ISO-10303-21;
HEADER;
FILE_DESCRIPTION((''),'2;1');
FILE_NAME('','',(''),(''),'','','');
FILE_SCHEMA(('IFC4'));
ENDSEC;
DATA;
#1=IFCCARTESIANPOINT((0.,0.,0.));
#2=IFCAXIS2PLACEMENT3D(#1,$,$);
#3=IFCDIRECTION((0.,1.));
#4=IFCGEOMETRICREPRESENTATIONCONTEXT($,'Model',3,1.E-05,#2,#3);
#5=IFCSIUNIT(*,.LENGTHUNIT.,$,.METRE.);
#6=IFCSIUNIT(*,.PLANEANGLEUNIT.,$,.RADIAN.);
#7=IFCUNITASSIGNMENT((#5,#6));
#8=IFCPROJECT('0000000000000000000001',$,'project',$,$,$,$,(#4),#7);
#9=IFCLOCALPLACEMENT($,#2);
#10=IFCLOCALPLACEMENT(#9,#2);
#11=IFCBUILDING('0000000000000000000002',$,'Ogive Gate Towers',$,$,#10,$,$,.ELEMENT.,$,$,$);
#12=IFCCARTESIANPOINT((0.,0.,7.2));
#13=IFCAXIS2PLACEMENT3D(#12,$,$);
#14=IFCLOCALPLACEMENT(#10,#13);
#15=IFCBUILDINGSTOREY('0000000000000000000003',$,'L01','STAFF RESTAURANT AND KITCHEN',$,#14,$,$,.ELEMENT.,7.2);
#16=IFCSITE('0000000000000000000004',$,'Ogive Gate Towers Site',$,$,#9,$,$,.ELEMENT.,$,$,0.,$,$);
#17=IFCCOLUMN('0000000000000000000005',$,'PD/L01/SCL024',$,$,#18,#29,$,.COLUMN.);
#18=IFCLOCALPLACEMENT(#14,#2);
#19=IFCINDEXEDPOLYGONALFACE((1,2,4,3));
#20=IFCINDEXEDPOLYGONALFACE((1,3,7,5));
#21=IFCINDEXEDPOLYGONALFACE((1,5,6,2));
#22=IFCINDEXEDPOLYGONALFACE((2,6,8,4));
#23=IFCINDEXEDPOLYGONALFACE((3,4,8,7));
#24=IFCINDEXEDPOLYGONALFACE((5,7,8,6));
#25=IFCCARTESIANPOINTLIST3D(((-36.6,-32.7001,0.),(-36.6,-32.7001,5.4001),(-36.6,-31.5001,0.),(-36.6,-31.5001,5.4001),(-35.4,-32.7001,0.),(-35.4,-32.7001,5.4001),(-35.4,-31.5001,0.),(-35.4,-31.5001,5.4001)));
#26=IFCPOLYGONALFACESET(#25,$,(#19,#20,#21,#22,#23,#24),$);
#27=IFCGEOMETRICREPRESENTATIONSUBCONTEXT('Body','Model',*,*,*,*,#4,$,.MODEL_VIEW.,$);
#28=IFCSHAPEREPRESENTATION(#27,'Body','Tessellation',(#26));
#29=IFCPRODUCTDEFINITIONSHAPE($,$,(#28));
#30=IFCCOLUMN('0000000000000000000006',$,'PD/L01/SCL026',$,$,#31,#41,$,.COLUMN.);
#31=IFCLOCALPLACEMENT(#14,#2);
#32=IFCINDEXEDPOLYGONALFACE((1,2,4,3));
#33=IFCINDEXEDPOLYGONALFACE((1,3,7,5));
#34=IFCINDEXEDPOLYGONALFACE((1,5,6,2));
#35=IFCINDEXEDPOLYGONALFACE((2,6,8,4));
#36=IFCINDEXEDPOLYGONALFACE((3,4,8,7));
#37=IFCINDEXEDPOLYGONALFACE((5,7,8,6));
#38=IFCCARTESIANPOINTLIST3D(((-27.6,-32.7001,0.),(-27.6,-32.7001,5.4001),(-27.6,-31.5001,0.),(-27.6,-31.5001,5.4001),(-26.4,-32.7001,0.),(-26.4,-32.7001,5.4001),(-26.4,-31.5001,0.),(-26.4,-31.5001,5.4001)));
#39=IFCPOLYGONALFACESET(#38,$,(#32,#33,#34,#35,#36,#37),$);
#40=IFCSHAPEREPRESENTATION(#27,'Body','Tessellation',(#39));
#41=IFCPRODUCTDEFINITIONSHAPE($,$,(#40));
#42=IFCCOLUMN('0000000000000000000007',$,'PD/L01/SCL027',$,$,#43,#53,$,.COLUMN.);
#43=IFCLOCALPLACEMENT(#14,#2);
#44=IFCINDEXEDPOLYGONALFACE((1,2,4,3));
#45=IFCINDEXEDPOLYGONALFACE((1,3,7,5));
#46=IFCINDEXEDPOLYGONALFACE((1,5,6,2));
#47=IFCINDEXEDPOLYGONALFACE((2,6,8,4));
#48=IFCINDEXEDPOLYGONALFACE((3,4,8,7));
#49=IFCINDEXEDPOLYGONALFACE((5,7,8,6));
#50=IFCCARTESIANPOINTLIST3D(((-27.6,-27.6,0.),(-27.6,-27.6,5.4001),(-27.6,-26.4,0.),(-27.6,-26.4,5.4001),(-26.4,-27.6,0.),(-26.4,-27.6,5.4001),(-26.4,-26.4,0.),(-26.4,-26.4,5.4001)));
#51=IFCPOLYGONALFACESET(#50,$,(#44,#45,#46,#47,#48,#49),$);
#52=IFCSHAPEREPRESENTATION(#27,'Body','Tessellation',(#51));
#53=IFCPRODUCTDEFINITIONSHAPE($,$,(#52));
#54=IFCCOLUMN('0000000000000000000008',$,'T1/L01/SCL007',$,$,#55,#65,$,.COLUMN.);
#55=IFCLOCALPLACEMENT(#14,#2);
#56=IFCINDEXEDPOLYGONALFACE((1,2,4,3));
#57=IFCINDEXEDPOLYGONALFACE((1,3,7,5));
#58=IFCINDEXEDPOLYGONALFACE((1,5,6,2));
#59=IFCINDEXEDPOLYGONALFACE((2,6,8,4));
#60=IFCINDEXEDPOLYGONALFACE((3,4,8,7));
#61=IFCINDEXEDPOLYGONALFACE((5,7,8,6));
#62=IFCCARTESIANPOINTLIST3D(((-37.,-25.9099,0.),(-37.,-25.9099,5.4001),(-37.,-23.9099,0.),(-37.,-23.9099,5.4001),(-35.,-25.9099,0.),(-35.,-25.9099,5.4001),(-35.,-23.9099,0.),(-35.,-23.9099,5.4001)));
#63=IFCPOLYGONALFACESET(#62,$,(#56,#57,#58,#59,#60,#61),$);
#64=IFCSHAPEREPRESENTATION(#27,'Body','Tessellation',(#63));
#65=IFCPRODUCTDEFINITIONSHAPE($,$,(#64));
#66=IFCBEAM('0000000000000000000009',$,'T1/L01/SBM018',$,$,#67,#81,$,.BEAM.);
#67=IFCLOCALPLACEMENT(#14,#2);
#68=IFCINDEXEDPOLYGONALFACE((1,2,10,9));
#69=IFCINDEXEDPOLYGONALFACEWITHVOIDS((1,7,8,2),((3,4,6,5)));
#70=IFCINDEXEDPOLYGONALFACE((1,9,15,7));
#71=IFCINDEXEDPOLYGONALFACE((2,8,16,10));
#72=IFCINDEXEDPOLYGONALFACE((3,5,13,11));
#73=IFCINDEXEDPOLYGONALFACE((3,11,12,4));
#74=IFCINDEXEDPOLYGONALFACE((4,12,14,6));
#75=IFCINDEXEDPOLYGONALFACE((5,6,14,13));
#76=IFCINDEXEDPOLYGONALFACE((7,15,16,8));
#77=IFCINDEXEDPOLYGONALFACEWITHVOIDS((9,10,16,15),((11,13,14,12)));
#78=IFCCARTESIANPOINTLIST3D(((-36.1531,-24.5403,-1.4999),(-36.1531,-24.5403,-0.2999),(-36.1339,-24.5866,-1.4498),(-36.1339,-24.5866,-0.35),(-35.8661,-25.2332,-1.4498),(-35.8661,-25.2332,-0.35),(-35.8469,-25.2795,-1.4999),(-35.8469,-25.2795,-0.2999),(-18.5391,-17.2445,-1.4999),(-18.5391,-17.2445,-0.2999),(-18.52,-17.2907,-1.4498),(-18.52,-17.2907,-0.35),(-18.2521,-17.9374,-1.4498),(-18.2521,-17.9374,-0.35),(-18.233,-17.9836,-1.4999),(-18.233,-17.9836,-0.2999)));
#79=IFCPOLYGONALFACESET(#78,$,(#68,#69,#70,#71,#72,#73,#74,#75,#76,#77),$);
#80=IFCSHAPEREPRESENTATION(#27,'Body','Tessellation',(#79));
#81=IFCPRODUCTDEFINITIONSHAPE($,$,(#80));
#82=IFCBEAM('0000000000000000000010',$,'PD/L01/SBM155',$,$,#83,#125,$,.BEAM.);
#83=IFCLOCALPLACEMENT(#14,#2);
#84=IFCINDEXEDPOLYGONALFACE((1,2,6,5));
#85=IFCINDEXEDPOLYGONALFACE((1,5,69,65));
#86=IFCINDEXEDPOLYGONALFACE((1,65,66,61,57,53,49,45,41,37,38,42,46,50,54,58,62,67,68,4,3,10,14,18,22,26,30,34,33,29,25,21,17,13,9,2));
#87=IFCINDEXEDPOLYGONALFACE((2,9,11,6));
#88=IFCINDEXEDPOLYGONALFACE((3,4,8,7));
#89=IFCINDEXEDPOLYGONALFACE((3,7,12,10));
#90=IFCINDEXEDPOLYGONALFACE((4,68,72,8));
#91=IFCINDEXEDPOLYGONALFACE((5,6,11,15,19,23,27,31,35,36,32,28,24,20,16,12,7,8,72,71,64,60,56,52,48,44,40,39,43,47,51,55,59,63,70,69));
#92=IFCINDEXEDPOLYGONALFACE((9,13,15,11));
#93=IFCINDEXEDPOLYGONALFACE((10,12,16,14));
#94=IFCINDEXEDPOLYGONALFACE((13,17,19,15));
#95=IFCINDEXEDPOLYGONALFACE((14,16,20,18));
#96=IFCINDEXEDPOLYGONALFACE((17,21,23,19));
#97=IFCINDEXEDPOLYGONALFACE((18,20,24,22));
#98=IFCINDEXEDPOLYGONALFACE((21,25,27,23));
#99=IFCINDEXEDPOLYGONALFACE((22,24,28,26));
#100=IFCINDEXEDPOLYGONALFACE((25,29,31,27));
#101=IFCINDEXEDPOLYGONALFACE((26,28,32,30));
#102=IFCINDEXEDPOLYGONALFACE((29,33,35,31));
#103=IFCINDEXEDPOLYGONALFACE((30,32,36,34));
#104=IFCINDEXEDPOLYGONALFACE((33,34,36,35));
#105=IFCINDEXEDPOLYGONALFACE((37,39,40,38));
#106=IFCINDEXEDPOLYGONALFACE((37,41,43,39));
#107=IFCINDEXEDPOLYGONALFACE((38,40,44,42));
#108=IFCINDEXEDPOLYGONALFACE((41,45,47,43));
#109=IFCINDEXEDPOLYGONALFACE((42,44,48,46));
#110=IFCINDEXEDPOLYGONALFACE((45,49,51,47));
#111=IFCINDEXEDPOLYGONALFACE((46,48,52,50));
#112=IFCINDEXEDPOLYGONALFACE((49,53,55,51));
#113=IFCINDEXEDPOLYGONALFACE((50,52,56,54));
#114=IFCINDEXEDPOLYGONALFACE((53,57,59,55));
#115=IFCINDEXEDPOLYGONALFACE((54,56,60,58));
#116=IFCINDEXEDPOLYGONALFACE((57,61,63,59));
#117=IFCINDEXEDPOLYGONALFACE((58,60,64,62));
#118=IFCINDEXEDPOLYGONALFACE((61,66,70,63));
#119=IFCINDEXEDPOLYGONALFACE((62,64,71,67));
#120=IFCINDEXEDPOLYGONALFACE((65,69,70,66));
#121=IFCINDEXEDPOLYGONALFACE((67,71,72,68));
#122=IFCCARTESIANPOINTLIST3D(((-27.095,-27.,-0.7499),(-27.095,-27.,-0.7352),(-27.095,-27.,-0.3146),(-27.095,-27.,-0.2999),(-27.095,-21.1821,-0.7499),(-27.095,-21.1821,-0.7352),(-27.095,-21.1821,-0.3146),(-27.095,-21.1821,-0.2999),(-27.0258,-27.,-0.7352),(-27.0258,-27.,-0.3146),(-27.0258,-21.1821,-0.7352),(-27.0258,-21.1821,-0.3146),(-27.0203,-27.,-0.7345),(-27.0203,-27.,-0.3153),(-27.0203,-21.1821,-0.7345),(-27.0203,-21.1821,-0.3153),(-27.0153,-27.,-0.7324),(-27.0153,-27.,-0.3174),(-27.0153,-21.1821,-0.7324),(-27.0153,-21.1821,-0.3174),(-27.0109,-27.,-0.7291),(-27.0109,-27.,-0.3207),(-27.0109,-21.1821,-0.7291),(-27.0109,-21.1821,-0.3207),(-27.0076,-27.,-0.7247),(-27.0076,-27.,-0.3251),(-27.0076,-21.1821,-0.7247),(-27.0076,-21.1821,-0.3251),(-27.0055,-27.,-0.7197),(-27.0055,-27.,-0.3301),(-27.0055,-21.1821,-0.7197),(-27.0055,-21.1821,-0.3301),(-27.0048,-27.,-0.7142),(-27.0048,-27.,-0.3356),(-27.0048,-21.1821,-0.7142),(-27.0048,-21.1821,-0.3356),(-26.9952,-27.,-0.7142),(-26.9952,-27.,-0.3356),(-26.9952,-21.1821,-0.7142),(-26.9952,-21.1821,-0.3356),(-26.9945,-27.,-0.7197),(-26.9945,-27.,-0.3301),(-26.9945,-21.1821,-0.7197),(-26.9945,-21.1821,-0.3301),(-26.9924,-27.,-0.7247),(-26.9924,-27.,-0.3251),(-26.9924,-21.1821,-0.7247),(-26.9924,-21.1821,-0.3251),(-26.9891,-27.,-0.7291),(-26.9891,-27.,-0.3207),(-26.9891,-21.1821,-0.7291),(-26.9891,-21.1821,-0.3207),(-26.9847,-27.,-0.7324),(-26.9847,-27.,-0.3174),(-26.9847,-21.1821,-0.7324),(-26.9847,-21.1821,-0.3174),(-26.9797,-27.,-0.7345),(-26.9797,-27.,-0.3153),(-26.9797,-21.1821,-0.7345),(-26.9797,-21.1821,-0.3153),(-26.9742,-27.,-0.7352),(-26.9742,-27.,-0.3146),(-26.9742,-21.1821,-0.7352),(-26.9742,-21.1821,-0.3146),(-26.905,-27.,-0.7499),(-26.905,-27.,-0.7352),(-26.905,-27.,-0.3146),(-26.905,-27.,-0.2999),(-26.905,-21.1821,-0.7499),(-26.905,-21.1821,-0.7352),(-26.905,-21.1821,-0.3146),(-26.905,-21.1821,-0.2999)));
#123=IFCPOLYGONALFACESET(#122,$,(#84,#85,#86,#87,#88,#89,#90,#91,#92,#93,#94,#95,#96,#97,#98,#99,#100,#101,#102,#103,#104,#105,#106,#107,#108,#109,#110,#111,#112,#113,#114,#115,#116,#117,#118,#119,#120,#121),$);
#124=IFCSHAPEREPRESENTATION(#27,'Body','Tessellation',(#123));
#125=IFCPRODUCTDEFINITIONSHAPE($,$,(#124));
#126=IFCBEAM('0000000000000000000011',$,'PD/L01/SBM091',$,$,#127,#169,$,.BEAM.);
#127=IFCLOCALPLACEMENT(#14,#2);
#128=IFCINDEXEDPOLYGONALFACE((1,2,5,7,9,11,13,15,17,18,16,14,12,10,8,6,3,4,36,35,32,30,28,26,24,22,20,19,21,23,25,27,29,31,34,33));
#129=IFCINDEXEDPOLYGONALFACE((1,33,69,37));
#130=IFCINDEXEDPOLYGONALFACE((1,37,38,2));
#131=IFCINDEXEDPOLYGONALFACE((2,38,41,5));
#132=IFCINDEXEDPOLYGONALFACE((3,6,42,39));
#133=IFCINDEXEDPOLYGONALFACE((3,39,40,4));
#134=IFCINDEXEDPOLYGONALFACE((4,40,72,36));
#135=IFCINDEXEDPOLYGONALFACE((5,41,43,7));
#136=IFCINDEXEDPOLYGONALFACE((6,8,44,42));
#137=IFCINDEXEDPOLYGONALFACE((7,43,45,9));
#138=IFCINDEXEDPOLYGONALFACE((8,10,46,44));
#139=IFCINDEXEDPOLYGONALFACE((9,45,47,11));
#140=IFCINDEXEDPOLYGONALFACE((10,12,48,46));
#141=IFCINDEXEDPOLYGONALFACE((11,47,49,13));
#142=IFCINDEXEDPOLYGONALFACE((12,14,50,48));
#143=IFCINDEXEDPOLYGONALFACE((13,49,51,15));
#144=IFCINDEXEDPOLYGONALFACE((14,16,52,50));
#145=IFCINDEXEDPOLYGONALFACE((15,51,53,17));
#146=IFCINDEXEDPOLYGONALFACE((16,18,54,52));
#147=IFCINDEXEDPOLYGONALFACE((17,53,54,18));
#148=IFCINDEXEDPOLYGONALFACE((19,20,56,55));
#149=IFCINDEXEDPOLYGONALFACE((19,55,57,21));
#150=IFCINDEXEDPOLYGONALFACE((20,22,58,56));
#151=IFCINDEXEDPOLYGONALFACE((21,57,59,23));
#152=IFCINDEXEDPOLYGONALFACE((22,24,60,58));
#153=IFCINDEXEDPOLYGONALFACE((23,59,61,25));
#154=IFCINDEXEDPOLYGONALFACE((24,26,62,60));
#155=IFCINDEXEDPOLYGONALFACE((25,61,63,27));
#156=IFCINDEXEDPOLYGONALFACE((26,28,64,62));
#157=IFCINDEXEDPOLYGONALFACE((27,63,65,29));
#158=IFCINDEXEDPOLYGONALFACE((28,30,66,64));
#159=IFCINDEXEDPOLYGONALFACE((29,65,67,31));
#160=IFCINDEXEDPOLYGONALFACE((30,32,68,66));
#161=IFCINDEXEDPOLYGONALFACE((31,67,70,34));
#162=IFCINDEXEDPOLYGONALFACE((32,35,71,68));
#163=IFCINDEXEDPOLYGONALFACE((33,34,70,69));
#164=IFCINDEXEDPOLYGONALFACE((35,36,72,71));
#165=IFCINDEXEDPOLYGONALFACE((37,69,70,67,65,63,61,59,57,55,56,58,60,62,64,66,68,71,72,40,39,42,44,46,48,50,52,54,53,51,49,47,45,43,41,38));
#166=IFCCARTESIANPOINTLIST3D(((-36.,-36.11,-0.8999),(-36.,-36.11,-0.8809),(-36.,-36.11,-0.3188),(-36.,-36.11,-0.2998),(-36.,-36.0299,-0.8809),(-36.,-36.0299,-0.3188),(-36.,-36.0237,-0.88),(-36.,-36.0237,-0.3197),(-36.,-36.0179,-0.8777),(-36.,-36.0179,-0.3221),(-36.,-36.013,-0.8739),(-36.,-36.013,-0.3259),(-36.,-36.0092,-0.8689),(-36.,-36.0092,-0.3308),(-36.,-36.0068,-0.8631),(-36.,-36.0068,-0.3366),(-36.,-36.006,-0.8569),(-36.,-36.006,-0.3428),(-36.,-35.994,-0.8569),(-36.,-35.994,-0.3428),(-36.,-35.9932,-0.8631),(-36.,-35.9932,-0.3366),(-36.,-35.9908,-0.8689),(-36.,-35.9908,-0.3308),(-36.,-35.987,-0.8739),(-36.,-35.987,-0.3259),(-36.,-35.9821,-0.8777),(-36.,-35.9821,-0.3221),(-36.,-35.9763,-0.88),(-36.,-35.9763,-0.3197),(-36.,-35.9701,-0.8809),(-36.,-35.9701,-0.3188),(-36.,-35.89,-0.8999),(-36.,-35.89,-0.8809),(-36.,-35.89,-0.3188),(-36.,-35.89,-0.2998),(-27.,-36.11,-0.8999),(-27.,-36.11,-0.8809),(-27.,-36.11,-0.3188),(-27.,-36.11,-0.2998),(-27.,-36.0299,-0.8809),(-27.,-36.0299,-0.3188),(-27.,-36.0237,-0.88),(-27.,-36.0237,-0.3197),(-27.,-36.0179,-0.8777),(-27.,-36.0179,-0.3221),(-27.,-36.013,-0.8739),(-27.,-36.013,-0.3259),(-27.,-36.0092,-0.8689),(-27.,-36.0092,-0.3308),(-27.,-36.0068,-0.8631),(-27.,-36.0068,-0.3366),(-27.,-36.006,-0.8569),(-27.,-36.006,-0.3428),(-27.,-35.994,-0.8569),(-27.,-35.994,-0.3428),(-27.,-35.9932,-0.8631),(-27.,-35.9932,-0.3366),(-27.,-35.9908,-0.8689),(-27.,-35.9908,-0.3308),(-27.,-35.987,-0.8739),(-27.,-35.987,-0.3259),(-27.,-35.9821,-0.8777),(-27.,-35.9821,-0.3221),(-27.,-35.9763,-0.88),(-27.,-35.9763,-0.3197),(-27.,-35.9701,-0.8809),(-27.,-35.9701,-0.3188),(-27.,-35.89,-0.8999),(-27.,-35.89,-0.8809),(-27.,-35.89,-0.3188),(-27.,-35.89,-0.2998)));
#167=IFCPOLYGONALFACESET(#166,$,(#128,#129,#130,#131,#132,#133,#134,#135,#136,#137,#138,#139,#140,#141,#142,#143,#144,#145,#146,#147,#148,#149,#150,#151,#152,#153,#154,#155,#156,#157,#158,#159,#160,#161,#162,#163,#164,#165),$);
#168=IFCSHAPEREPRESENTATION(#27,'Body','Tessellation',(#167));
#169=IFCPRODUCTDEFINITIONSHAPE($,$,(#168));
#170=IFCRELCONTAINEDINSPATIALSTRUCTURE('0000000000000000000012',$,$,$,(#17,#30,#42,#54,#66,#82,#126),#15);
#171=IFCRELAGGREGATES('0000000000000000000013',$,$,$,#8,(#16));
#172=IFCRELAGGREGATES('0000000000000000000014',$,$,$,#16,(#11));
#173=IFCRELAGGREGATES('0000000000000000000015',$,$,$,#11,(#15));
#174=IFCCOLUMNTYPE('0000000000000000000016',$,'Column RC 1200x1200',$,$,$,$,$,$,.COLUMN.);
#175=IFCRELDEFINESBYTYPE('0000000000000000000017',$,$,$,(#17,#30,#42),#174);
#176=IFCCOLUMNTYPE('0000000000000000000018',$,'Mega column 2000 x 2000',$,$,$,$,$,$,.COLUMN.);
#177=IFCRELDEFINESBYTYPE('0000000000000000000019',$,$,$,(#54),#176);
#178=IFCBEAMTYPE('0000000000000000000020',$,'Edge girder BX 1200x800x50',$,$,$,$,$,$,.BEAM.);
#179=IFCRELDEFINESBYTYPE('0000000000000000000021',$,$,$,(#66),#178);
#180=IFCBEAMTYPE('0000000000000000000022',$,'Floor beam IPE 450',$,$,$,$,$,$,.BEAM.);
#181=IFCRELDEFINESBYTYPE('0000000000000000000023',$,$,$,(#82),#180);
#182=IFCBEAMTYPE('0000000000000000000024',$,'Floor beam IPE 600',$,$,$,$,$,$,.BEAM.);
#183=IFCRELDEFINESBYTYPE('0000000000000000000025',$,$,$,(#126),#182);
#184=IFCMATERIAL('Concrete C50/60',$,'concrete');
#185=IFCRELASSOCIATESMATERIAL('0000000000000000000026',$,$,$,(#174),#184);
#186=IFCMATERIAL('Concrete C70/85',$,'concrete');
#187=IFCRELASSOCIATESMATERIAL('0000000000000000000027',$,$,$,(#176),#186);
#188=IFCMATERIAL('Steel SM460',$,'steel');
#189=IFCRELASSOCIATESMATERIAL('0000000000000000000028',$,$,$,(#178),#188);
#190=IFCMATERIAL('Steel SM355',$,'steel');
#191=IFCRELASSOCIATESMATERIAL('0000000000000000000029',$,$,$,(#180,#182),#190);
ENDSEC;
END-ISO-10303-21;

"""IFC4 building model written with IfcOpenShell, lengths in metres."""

from ifc_helpers import new_model, si_unit, direction, frame, origin, origin_2d, place, context, subcontext, project, spatial, rectangle, hollow_rectangle, i_section, extrude, material, material_profile, profile_set, type_object, element, save


model = new_model("IFC4")

# Units and contexts
model_context = context("Model", 3, precision=1e-05, world=origin(), true_north=direction((0.0, 1.0)))
body_context = subcontext(model_context, "Body", "Model", "MODEL_VIEW")
ifc_project = project(units=[si_unit("LENGTHUNIT", "METRE"), si_unit("PLANEANGLEUNIT", "RADIAN")], contexts=[model_context])

# Site, building, storey
site_placement = place(None, origin())
site = spatial("IfcSite", under=ifc_project, at=site_placement, Name="Ogive Gate Towers Site", CompositionType="ELEMENT", RefElevation=0.0)
building_placement = place(site_placement, origin())
building = spatial("IfcBuilding", under=site, at=building_placement, Name="Ogive Gate Towers", CompositionType="ELEMENT")
storey_placement = place(building_placement, frame((0.0, 0.0, 7.2)))
storey = spatial("IfcBuildingStorey", under=building, at=storey_placement, Name="L01", Description="STAFF RESTAURANT AND KITCHEN", CompositionType="ELEMENT", Elevation=7.2)

# Columns
ifc_material_1 = material(Name="Concrete C50/60", Category="concrete")
ifc_material_profile_1 = material_profile(ifc_material_1, rectangle(XDim=1.2, YDim=1.2, at=origin_2d()), Name="RC 1200x1200")
ifc_profile_set_1 = profile_set([ifc_material_profile_1], Name="Concrete C50/60")
column_type_1 = type_object("IfcColumnType", Name="Column RC 1200x1200", PredefinedType="COLUMN", material=ifc_profile_set_1)
for number, where, z_axis, x_axis, name in (
    (1, (-36.0, -32.1001, 0.0), (0.0, 0.0, 1.0), (1.0, 0.0, 0.0), "PD/L01/SCL024"),
    (2, (-27.0, -32.1001, 0.0), (0.0, 0.0, 1.0), (1.0, 0.0, 0.0), "PD/L01/SCL026"),
    (3, (-27.0, -27.0, 0.0), (0.0, 0.0, 1.0), (1.0, 0.0, 0.0), "PD/L01/SCL027"),
):
    element("IfcColumn", number, at=place(storey_placement, frame(where, z_axis=z_axis, x_axis=x_axis)), inside=storey, type_object=column_type_1, Name=name, PredefinedType="COLUMN", context=body_context, shape_type="SweptSolid", body=[
        extrude(rectangle(XDim=1.2, YDim=1.2, at=origin_2d()), origin(), (0.0, 0.0, 1.0), 5.4001),
    ])
ifc_material_2 = material(Name="Concrete C70/85", Category="concrete")
ifc_material_profile_2 = material_profile(ifc_material_2, rectangle(XDim=2.0, YDim=2.0, at=origin_2d()), Name="RC 2000x2000")
ifc_profile_set_2 = profile_set([ifc_material_profile_2], Name="Concrete C70/85")
column_type_2 = type_object("IfcColumnType", Name="Mega column 2000 x 2000", PredefinedType="COLUMN", material=ifc_profile_set_2)
column_placement = place(storey_placement, frame((-36.0, -24.9099, 0.0), z_axis=(0.0, 0.0, 1.0), x_axis=(0.0, -1.0, 0.0)))
element("IfcColumn", 4, at=column_placement, inside=storey, type_object=column_type_2, Name="T1/L01/SCL007", PredefinedType="COLUMN", context=body_context, shape_type="SweptSolid", body=[
    extrude(rectangle(XDim=2.0, YDim=2.0, at=origin_2d()), origin(), (0.0, 0.0, 1.0), 5.4001),
])

# Beams
ifc_material_3 = material(Name="Steel SM460", Category="steel")
ifc_material_profile_3 = material_profile(ifc_material_3, hollow_rectangle(XDim=0.8, YDim=1.2, WallThickness=0.05, at=origin_2d()), Name="BX 1200x800x50")
ifc_profile_set_3 = profile_set([ifc_material_profile_3], Name="Steel SM460")
beam_type_1 = type_object("IfcBeamType", Name="Edge girder BX 1200x800x50", PredefinedType="BEAM", material=ifc_profile_set_3)
beam_1_placement = place(storey_placement, frame((-36.0, -24.9099, -0.8999), z_axis=(0.923881, 0.382681, 0.0), x_axis=(-0.382681, 0.923881, 0.0)))
element("IfcBeam", 5, at=beam_1_placement, inside=storey, type_object=beam_type_1, Name="T1/L01/SBM018", PredefinedType="BEAM", context=body_context, shape_type="SweptSolid", body=[
    extrude(hollow_rectangle(XDim=0.8, YDim=1.2, WallThickness=0.05, at=origin_2d()), origin(), (0.0, 0.0, 1.0), 19.0652),
])
ifc_material_4 = material(Name="Steel SM355", Category="steel")
ifc_material_profile_4 = material_profile(ifc_material_4, i_section(OverallWidth=0.1899, OverallDepth=0.45, WebThickness=0.0095, FlangeThickness=0.0146, FilletRadius=0.021, at=origin_2d()), Name="IPE 450")
ifc_profile_set_4 = profile_set([ifc_material_profile_4], Name="Steel SM355")
beam_type_2 = type_object("IfcBeamType", Name="Floor beam IPE 450", PredefinedType="BEAM", material=ifc_profile_set_4)
beam_2_placement = place(storey_placement, frame((-27.0, -27.0, -0.5249), z_axis=(0.0, 1.0, 0.0), x_axis=(-1.0, 0.0, 0.0)))
element("IfcBeam", 6, at=beam_2_placement, inside=storey, type_object=beam_type_2, Name="PD/L01/SBM155", PredefinedType="BEAM", context=body_context, shape_type="SweptSolid", body=[
    extrude(i_section(OverallWidth=0.1899, OverallDepth=0.45, WebThickness=0.0095, FlangeThickness=0.0146, FilletRadius=0.021, at=origin_2d()), origin(), (0.0, 0.0, 1.0), 5.8179),
])
ifc_material_profile_5 = material_profile(ifc_material_4, i_section(OverallWidth=0.22, OverallDepth=0.6001, WebThickness=0.012, FlangeThickness=0.019, FilletRadius=0.0239, at=origin_2d()), Name="IPE 600")
ifc_profile_set_5 = profile_set([ifc_material_profile_5], Name="Steel SM355")
beam_type_3 = type_object("IfcBeamType", Name="Floor beam IPE 600", PredefinedType="BEAM", material=ifc_profile_set_5)
for number, where, z_axis, x_axis, name in (
    (7, (-36.0, -36.0, -0.5999), (1.0, 0.0, 0.0), (0.0, 1.0, 0.0), "PD/L01/SBM091"),
):
    element("IfcBeam", number, at=place(storey_placement, frame(where, z_axis=z_axis, x_axis=x_axis)), inside=storey, type_object=beam_type_3, Name=name, PredefinedType="BEAM", context=body_context, shape_type="SweptSolid", body=[
        extrude(i_section(OverallWidth=0.22, OverallDepth=0.6001, WebThickness=0.012, FlangeThickness=0.019, FilletRadius=0.0239, at=origin_2d()), origin(), (0.0, 0.0, 1.0), 9.0),
    ])

save(model, "model.ifc")
